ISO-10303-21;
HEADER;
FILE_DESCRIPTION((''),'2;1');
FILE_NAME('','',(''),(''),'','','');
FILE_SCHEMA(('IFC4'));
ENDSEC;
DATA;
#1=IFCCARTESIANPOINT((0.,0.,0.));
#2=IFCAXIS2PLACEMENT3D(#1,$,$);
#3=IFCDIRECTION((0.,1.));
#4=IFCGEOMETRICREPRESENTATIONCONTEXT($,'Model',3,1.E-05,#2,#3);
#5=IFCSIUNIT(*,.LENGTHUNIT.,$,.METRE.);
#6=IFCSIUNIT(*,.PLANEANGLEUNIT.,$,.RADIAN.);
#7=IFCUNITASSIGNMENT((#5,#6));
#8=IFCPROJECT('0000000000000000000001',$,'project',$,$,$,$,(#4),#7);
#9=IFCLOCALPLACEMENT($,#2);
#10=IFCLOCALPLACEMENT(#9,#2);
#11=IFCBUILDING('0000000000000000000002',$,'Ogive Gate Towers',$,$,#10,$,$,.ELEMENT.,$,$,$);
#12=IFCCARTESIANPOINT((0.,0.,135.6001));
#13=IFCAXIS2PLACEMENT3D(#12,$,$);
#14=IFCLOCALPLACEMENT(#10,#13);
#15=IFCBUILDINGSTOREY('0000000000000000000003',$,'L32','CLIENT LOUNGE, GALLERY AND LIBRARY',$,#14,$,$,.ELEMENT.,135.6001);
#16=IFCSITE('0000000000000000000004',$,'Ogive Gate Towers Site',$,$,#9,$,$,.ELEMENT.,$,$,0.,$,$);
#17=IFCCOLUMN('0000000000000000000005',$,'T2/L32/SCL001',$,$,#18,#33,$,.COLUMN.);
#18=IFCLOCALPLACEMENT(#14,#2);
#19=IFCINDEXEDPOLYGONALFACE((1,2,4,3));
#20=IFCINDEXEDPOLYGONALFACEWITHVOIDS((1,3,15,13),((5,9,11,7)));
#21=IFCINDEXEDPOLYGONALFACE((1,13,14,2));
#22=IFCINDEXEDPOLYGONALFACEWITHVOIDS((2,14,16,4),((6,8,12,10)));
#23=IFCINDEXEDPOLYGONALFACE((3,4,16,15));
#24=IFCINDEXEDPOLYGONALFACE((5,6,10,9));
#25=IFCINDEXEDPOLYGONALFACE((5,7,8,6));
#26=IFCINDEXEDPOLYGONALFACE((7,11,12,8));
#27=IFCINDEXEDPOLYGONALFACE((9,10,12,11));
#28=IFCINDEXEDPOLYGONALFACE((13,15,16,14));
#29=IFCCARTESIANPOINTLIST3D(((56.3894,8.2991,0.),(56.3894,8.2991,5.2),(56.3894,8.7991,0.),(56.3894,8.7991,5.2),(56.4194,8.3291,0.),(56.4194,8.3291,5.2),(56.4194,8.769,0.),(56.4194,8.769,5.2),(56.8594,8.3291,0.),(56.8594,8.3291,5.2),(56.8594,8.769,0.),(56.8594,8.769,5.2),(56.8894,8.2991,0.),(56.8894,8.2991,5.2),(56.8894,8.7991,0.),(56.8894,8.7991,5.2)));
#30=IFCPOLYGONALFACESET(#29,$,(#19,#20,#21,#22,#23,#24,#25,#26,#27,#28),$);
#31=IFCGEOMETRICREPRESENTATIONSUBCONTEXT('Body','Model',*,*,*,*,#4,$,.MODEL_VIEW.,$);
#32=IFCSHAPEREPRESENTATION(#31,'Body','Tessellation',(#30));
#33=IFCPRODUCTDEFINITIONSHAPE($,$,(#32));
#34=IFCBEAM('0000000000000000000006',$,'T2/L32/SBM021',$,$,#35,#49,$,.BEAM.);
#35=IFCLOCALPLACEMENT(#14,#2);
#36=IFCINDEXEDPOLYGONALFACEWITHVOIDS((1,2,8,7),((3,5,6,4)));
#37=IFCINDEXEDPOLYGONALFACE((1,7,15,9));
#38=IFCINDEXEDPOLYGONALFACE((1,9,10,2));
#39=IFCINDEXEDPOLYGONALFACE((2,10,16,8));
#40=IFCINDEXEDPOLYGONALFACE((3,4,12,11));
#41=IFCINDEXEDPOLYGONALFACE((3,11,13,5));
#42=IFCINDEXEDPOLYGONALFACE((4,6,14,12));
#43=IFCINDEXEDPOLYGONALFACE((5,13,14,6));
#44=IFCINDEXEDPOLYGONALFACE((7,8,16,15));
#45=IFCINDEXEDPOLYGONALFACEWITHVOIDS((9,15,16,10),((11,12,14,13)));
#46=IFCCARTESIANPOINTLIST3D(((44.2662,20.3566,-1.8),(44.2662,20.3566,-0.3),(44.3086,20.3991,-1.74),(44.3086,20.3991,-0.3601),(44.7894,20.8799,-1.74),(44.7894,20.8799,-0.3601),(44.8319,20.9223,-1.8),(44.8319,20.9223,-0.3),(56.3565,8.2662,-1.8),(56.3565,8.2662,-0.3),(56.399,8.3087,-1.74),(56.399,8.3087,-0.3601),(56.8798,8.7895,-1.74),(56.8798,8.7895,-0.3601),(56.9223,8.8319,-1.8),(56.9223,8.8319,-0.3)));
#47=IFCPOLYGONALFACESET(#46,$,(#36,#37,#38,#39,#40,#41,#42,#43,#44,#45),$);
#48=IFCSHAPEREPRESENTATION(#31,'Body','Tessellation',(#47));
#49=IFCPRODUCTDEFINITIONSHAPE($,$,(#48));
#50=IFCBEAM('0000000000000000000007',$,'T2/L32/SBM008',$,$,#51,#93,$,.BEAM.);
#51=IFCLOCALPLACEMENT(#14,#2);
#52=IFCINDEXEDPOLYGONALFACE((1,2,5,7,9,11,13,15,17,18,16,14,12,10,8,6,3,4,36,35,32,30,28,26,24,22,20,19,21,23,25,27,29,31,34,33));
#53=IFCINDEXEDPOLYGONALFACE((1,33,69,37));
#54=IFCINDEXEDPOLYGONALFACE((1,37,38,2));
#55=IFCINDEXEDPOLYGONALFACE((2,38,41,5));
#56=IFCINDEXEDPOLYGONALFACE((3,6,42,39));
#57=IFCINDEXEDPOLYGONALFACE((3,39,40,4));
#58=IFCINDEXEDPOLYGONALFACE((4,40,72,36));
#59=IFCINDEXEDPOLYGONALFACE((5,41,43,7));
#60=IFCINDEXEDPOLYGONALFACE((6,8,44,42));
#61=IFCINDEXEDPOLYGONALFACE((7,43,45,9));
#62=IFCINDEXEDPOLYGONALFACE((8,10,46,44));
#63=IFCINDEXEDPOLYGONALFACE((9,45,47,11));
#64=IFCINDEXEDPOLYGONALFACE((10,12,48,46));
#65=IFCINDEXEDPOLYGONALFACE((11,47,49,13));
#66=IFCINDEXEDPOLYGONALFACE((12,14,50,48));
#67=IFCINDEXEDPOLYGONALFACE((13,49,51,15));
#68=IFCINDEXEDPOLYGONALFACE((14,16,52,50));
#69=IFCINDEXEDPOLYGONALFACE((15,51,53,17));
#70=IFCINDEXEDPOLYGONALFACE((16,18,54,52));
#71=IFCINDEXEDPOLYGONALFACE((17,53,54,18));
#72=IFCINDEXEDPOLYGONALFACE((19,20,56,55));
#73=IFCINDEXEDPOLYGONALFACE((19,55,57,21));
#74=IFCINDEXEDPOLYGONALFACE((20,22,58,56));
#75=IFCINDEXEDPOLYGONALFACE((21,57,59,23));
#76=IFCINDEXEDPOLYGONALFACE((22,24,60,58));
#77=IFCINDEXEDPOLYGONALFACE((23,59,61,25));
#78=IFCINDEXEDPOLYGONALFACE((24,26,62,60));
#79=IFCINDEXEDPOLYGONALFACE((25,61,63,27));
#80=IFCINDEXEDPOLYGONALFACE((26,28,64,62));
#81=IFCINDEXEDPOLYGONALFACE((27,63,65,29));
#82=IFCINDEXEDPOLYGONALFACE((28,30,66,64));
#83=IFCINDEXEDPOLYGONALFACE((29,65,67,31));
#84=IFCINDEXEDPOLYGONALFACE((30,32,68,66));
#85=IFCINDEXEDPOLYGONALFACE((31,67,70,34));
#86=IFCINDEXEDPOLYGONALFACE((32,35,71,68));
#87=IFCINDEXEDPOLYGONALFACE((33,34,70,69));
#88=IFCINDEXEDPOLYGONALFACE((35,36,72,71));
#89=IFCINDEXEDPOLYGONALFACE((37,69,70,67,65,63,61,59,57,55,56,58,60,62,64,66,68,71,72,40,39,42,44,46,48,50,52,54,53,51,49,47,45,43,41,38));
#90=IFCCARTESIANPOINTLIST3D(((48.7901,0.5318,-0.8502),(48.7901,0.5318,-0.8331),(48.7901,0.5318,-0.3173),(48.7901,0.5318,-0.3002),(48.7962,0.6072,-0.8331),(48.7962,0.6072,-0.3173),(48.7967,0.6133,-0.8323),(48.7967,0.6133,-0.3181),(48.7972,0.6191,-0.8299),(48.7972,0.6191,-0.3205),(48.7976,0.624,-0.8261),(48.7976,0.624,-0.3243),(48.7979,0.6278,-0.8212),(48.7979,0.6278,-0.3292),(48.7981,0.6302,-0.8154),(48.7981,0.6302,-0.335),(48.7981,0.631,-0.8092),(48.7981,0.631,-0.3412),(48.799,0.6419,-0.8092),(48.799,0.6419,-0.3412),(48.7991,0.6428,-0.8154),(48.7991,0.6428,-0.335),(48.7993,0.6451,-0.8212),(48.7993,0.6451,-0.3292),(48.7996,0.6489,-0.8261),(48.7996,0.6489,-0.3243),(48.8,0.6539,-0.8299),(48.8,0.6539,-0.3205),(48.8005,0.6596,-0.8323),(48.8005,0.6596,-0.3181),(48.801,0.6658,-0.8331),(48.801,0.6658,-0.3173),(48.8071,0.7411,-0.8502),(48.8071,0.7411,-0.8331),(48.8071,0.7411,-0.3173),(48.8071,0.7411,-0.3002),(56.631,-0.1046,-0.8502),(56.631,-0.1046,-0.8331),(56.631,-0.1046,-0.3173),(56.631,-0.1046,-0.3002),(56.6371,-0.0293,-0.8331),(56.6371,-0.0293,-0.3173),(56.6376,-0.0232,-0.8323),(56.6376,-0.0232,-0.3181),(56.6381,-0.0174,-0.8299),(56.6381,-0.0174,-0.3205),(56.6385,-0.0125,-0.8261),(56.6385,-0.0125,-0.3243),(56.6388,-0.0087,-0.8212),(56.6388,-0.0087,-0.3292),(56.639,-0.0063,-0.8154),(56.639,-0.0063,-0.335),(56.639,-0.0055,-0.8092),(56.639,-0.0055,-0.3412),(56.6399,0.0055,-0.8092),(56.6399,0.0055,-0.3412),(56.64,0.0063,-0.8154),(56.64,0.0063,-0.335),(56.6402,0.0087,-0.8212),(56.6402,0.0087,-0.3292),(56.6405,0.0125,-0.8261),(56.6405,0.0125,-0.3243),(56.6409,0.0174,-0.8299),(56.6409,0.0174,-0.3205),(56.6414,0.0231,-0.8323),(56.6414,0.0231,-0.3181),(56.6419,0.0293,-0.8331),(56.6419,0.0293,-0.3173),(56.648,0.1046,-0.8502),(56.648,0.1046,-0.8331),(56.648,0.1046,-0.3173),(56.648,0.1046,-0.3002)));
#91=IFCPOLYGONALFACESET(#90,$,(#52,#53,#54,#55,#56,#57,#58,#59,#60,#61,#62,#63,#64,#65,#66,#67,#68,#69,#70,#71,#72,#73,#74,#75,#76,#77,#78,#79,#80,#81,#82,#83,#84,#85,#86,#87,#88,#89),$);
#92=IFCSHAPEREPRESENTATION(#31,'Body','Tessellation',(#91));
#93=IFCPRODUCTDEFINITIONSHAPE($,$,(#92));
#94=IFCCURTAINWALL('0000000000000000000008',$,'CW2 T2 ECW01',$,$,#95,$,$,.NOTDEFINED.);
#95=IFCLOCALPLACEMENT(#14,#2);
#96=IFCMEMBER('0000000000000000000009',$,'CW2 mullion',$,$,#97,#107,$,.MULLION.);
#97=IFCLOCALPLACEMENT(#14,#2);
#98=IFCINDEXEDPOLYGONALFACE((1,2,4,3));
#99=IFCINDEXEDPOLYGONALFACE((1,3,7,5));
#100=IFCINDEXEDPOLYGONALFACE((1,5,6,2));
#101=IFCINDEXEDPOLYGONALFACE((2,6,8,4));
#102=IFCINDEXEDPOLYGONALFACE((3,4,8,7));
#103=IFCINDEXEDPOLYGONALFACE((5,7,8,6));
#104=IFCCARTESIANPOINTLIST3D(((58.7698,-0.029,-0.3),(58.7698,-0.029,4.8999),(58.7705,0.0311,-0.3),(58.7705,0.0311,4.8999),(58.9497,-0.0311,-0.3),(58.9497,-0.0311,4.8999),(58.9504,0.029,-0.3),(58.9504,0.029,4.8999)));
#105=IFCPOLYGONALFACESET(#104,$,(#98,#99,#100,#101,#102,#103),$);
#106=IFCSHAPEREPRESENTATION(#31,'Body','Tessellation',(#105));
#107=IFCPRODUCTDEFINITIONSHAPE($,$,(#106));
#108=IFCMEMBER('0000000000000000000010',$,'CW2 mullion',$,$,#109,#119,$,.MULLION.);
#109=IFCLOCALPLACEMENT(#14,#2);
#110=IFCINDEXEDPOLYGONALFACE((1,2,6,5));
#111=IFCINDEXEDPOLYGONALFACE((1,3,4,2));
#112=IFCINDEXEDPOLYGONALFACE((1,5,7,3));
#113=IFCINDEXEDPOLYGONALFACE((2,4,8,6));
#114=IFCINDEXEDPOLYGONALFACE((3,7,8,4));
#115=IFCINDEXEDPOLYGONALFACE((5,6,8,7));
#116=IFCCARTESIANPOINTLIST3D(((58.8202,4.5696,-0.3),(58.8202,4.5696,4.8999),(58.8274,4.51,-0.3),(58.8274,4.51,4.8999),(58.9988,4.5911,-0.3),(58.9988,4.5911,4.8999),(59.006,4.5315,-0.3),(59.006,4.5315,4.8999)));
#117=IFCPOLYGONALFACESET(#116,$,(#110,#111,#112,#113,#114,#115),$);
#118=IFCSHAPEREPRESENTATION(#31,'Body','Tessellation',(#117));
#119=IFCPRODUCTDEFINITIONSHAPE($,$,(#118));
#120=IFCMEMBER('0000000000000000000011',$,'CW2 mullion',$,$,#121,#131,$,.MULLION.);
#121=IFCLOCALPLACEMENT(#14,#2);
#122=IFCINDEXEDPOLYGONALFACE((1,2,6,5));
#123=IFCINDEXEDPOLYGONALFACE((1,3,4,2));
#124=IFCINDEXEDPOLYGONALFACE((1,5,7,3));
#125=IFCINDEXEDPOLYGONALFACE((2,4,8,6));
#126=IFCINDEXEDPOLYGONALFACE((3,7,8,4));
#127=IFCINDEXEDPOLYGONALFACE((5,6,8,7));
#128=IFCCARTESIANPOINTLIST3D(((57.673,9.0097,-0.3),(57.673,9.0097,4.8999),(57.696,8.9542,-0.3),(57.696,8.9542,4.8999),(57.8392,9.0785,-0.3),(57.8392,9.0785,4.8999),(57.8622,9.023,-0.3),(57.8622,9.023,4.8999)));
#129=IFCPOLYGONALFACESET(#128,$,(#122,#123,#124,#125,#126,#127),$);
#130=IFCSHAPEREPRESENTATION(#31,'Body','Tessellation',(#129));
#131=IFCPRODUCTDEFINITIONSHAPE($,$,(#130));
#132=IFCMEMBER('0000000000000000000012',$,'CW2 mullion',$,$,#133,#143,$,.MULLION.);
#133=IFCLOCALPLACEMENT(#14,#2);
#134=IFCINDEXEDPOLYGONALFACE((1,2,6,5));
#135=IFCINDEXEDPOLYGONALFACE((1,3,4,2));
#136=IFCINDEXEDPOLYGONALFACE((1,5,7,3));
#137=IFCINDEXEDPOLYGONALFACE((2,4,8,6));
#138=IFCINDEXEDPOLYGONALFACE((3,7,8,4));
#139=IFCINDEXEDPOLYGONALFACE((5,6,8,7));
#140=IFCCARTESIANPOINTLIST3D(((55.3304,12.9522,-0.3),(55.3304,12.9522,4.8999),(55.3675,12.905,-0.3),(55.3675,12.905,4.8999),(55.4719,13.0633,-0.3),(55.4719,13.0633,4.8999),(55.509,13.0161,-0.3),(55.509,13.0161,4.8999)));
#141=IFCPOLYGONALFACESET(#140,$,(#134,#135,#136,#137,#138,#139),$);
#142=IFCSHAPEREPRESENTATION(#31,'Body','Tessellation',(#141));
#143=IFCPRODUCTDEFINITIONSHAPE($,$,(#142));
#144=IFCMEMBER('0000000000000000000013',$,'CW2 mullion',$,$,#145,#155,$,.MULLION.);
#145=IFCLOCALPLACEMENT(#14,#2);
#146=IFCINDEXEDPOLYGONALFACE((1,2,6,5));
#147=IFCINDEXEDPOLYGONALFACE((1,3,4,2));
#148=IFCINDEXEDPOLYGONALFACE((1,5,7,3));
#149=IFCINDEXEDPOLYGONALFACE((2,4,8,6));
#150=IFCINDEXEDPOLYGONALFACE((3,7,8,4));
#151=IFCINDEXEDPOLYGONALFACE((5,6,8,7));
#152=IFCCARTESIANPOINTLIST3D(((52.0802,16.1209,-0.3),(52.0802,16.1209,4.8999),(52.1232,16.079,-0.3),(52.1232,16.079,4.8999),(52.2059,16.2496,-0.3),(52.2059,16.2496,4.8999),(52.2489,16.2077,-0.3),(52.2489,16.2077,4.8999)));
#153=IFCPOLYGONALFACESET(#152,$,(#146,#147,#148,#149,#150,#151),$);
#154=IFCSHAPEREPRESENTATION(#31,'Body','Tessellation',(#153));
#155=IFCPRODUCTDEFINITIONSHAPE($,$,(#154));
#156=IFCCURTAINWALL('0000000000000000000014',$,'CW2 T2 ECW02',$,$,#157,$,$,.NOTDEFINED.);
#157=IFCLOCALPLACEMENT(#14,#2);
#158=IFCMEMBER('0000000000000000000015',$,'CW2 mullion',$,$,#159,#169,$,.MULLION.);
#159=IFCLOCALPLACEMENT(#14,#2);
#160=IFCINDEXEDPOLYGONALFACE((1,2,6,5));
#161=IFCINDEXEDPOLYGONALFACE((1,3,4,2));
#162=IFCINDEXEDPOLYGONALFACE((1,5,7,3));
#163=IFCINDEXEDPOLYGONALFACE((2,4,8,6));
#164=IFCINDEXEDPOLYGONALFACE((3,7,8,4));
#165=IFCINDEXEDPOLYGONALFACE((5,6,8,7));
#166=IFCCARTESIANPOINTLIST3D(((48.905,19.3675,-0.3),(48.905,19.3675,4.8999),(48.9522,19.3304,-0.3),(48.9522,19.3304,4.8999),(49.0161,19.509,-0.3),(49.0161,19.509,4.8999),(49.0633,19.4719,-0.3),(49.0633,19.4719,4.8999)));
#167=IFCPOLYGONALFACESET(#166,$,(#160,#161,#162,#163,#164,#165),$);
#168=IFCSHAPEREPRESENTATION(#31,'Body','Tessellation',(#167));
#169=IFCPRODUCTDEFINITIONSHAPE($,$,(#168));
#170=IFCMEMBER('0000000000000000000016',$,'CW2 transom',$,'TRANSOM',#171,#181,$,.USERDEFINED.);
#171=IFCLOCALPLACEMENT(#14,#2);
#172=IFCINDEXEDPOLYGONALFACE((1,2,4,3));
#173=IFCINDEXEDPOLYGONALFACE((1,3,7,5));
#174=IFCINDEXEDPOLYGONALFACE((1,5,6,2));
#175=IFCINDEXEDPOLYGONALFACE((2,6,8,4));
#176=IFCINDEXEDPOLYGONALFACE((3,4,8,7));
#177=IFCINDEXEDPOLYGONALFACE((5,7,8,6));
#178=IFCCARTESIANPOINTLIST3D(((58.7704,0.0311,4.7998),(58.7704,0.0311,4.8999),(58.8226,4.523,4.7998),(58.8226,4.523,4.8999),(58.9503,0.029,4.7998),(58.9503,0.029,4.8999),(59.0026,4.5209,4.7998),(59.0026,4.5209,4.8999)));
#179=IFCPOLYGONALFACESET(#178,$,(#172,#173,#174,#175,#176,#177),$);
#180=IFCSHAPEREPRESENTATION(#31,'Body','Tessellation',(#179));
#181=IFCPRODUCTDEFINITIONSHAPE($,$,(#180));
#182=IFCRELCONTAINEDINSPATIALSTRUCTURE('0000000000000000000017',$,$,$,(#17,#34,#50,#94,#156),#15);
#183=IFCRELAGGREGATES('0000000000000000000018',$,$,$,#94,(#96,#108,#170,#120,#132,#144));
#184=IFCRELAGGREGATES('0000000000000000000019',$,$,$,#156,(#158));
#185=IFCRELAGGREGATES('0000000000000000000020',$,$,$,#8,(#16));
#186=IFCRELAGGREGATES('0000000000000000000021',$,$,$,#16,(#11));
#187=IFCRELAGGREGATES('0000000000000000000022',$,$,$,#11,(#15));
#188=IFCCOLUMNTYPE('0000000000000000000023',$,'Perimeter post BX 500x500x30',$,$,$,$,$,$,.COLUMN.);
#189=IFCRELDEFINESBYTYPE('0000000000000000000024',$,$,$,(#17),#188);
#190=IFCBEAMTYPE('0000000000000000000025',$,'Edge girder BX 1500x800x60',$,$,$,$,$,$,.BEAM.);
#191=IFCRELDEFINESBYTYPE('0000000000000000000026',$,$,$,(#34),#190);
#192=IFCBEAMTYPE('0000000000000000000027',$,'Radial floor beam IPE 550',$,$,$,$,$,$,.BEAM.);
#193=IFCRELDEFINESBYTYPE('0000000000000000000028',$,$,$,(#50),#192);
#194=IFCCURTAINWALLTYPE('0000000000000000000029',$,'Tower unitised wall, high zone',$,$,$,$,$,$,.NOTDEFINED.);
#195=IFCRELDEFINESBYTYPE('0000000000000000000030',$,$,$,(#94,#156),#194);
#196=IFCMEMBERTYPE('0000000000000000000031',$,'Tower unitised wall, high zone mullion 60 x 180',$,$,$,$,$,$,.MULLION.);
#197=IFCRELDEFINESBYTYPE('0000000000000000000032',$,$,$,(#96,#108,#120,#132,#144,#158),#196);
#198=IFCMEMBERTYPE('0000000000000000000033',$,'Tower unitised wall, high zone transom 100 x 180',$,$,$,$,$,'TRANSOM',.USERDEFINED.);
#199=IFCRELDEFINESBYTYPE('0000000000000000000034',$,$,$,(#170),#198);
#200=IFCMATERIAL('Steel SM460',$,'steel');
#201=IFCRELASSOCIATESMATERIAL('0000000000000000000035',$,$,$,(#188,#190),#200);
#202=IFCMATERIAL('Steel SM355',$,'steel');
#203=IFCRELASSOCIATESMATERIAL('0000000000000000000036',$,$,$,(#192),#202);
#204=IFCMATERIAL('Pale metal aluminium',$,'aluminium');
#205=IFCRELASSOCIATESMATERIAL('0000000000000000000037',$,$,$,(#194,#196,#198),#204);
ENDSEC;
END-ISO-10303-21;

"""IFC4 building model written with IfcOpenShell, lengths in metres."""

from ifc_helpers import new_model, si_unit, direction, frame, origin, origin_2d, place, context, subcontext, project, spatial, rectangle, hollow_rectangle, i_section, extrude, material, material_profile, profile_set, type_object, element, aggregate, save


model = new_model("IFC4")

# Units and contexts
model_context = context("Model", 3, precision=1e-05, world=origin(), true_north=direction((0.0, 1.0)))
body_context = subcontext(model_context, "Body", "Model", "MODEL_VIEW")
ifc_project = project(units=[si_unit("LENGTHUNIT", "METRE"), si_unit("PLANEANGLEUNIT", "RADIAN")], contexts=[model_context])

# Site, building, storey
site_placement = place(None, origin())
site = spatial("IfcSite", under=ifc_project, at=site_placement, Name="Ogive Gate Towers Site", CompositionType="ELEMENT", RefElevation=0.0)
building_placement = place(site_placement, origin())
building = spatial("IfcBuilding", under=site, at=building_placement, Name="Ogive Gate Towers", CompositionType="ELEMENT")
storey_placement = place(building_placement, frame((0.0, 0.0, 135.6001)))
storey = spatial("IfcBuildingStorey", under=building, at=storey_placement, Name="L32", Description="CLIENT LOUNGE, GALLERY AND LIBRARY", CompositionType="ELEMENT", Elevation=135.6001)

# Column
ifc_material_1 = material(Name="Steel SM460", Category="steel")
ifc_material_profile_1 = material_profile(ifc_material_1, hollow_rectangle(XDim=0.5, YDim=0.5, WallThickness=0.03, at=origin_2d()), Name="BX 500x500x30")
ifc_profile_set_1 = profile_set([ifc_material_profile_1], Name="Steel SM460")
column_type = type_object("IfcColumnType", Name="Perimeter post BX 500x500x30", PredefinedType="COLUMN", material=ifc_profile_set_1)
column_placement = place(storey_placement, frame((56.6394, 8.5491, 0.0), z_axis=(0.0, 0.0, 1.0), x_axis=(1.0, 0.0, 0.0)))
element("IfcColumn", 1, at=column_placement, inside=storey, type_object=column_type, Name="T2/L32/SCL001", PredefinedType="COLUMN", context=body_context, shape_type="SweptSolid", body=[
    extrude(hollow_rectangle(XDim=0.5, YDim=0.5, WallThickness=0.03, at=origin_2d()), origin(), (0.0, 0.0, 1.0), 5.2),
])

# Beams
ifc_material_profile_2 = material_profile(ifc_material_1, hollow_rectangle(XDim=0.8, YDim=1.5, WallThickness=0.0601, at=origin_2d()), Name="BX 1500x800x60")
ifc_profile_set_2 = profile_set([ifc_material_profile_2], Name="Steel SM460")
beam_type_1 = type_object("IfcBeamType", Name="Edge girder BX 1500x800x60", PredefinedType="BEAM", material=ifc_profile_set_2)
beam_1_placement = place(storey_placement, frame((56.6394, 8.5491, -1.05), z_axis=(-0.707107, 0.707107, 0.0), x_axis=(-0.707107, -0.707107, 0.0)))
element("IfcBeam", 2, at=beam_1_placement, inside=storey, type_object=beam_type_1, Name="T2/L32/SBM021", PredefinedType="BEAM", context=body_context, shape_type="SweptSolid", body=[
    extrude(hollow_rectangle(XDim=0.8, YDim=1.5, WallThickness=0.0601, at=origin_2d()), origin(), (0.0, 0.0, 1.0), 17.0984),
])
ifc_material_2 = material(Name="Steel SM355", Category="steel")
ifc_material_profile_3 = material_profile(ifc_material_2, i_section(OverallWidth=0.21, OverallDepth=0.55, WebThickness=0.011, FlangeThickness=0.0171, FilletRadius=0.0239, at=origin_2d()), Name="IPE 550")
ifc_profile_set_3 = profile_set([ifc_material_profile_3], Name="Steel SM355")
beam_type_2 = type_object("IfcBeamType", Name="Radial floor beam IPE 550", PredefinedType="BEAM", material=ifc_profile_set_3)
beam_2_placement = place(storey_placement, frame((48.7986, 0.6365, -0.5752), z_axis=(0.996722, -0.080908, 0.0), x_axis=(0.080908, 0.996722, 0.0)))
element("IfcBeam", 3, at=beam_2_placement, inside=storey, type_object=beam_type_2, Name="T2/L32/SBM008", PredefinedType="BEAM", context=body_context, shape_type="SweptSolid", body=[
    extrude(i_section(OverallWidth=0.21, OverallDepth=0.55, WebThickness=0.011, FlangeThickness=0.0171, FilletRadius=0.0239, at=origin_2d()), origin(), (0.0, 0.0, 1.0), 7.8667),
])

# Curtain wall, members
ifc_material_3 = material(Name="Pale metal aluminium", Category="aluminium")
curtain_wall_type = type_object("IfcCurtainWallType", Name="Tower unitised wall, high zone", PredefinedType="NOTDEFINED", material=ifc_material_3)
curtain_wall_1_placement = place(storey_placement, origin())
curtain_wall_1 = element("IfcCurtainWall", 4, at=curtain_wall_1_placement, inside=storey, type_object=curtain_wall_type, Name="CW2 T2 ECW01", PredefinedType="NOTDEFINED")
ifc_material_profile_4 = material_profile(ifc_material_3, rectangle(XDim=0.1799, YDim=0.0601, at=origin_2d()), Name="60 x 180 aluminium box")
ifc_profile_set_4 = profile_set([ifc_material_profile_4], Name="Pale metal aluminium")
member_type_1 = type_object("IfcMemberType", Name="Tower unitised wall, high zone mullion 60 x 180", PredefinedType="MULLION", material=ifc_profile_set_4)
member_1_placement = place(storey_placement, frame((58.8601, 0.0, -0.3), z_axis=(0.0, 0.0, 1.0), x_axis=(0.999932, -0.011641, 0.0)))
member_1 = element("IfcMember", 5, at=member_1_placement, type_object=member_type_1, Name="CW2 mullion", PredefinedType="MULLION", context=body_context, shape_type="SweptSolid", body=[
    extrude(rectangle(XDim=0.1799, YDim=0.0601, at=origin_2d()), origin(), (0.0, 0.0, 1.0), 5.2),
])
member_2_placement = place(storey_placement, frame((58.9131, 4.5505, -0.3), z_axis=(0.0, 0.0, 1.0), x_axis=(0.992841, 0.119444, 0.0)))
member_2 = element("IfcMember", 6, at=member_2_placement, type_object=member_type_1, Name="CW2 mullion", PredefinedType="MULLION", context=body_context, shape_type="SweptSolid", body=[
    extrude(rectangle(XDim=0.1799, YDim=0.0601, at=origin_2d()), origin(), (0.0, 0.0, 1.0), 5.2),
])
member_3_placement = place(storey_placement, frame((57.7676, 9.0164, -0.3), z_axis=(0.0, 0.0, 1.0), x_axis=(0.92388, 0.382683, 0.0)))
member_3 = element("IfcMember", 7, at=member_3_placement, type_object=member_type_1, Name="CW2 mullion", PredefinedType="MULLION", context=body_context, shape_type="SweptSolid", body=[
    extrude(rectangle(XDim=0.1799, YDim=0.0601, at=origin_2d()), origin(), (0.0, 0.0, 1.0), 5.2),
])
member_4_placement = place(storey_placement, frame((55.4197, 12.9841, -0.3), z_axis=(0.0, 0.0, 1.0), x_axis=(0.786504, 0.617585, 0.0)))
member_4 = element("IfcMember", 8, at=member_4_placement, type_object=member_type_1, Name="CW2 mullion", PredefinedType="MULLION", context=body_context, shape_type="SweptSolid", body=[
    extrude(rectangle(XDim=0.1799, YDim=0.0601, at=origin_2d()), origin(), (0.0, 0.0, 1.0), 5.2),
])
member_5_placement = place(storey_placement, frame((52.1646, 16.1643, -0.3), z_axis=(0.0, 0.0, 1.0), x_axis=(0.698815, 0.715303, 0.0)))
member_5 = element("IfcMember", 9, at=member_5_placement, type_object=member_type_1, Name="CW2 mullion", PredefinedType="MULLION", context=body_context, shape_type="SweptSolid", body=[
    extrude(rectangle(XDim=0.1799, YDim=0.0601, at=origin_2d()), origin(), (0.0, 0.0, 1.0), 5.2),
])

# Curtain wall, member
curtain_wall_2_placement = place(storey_placement, origin())
curtain_wall_2 = element("IfcCurtainWall", 10, at=curtain_wall_2_placement, inside=storey, type_object=curtain_wall_type, Name="CW2 T2 ECW02", PredefinedType="NOTDEFINED")
member_6_placement = place(storey_placement, frame((48.9841, 19.4197, -0.3), z_axis=(0.0, 0.0, 1.0), x_axis=(0.617585, 0.786504, 0.0)))
member_6 = element("IfcMember", 11, at=member_6_placement, type_object=member_type_1, Name="CW2 mullion", PredefinedType="MULLION", context=body_context, shape_type="SweptSolid", body=[
    extrude(rectangle(XDim=0.1799, YDim=0.0601, at=origin_2d()), origin(), (0.0, 0.0, 1.0), 5.2),
])

# Member
ifc_material_profile_5 = material_profile(ifc_material_3, rectangle(XDim=0.1799, YDim=0.1001, at=origin_2d()), Name="100 x 180 aluminium box")
ifc_profile_set_5 = profile_set([ifc_material_profile_5], Name="Pale metal aluminium")
member_type_2 = type_object("IfcMemberType", Name="Tower unitised wall, high zone transom 100 x 180", ElementType="TRANSOM", PredefinedType="USERDEFINED", material=ifc_profile_set_5)
member_7_placement = place(storey_placement, frame((58.8604, 0.03, 4.8499), z_axis=(0.01163, 0.999932, 0.0), x_axis=(-0.999932, 0.01163, 0.0)))
member_7 = element("IfcMember", 12, at=member_7_placement, type_object=member_type_2, Name="CW2 transom", ObjectType="TRANSOM", PredefinedType="USERDEFINED", context=body_context, shape_type="SweptSolid", body=[
    extrude(rectangle(XDim=0.1799, YDim=0.1001, at=origin_2d()), origin(), (0.0, 0.0, 1.0), 4.4922),
])

aggregate(curtain_wall_1, [member_1, member_2, member_7, member_3, member_4, member_5])
aggregate(curtain_wall_2, [member_6])

save(model, "model.ifc")
